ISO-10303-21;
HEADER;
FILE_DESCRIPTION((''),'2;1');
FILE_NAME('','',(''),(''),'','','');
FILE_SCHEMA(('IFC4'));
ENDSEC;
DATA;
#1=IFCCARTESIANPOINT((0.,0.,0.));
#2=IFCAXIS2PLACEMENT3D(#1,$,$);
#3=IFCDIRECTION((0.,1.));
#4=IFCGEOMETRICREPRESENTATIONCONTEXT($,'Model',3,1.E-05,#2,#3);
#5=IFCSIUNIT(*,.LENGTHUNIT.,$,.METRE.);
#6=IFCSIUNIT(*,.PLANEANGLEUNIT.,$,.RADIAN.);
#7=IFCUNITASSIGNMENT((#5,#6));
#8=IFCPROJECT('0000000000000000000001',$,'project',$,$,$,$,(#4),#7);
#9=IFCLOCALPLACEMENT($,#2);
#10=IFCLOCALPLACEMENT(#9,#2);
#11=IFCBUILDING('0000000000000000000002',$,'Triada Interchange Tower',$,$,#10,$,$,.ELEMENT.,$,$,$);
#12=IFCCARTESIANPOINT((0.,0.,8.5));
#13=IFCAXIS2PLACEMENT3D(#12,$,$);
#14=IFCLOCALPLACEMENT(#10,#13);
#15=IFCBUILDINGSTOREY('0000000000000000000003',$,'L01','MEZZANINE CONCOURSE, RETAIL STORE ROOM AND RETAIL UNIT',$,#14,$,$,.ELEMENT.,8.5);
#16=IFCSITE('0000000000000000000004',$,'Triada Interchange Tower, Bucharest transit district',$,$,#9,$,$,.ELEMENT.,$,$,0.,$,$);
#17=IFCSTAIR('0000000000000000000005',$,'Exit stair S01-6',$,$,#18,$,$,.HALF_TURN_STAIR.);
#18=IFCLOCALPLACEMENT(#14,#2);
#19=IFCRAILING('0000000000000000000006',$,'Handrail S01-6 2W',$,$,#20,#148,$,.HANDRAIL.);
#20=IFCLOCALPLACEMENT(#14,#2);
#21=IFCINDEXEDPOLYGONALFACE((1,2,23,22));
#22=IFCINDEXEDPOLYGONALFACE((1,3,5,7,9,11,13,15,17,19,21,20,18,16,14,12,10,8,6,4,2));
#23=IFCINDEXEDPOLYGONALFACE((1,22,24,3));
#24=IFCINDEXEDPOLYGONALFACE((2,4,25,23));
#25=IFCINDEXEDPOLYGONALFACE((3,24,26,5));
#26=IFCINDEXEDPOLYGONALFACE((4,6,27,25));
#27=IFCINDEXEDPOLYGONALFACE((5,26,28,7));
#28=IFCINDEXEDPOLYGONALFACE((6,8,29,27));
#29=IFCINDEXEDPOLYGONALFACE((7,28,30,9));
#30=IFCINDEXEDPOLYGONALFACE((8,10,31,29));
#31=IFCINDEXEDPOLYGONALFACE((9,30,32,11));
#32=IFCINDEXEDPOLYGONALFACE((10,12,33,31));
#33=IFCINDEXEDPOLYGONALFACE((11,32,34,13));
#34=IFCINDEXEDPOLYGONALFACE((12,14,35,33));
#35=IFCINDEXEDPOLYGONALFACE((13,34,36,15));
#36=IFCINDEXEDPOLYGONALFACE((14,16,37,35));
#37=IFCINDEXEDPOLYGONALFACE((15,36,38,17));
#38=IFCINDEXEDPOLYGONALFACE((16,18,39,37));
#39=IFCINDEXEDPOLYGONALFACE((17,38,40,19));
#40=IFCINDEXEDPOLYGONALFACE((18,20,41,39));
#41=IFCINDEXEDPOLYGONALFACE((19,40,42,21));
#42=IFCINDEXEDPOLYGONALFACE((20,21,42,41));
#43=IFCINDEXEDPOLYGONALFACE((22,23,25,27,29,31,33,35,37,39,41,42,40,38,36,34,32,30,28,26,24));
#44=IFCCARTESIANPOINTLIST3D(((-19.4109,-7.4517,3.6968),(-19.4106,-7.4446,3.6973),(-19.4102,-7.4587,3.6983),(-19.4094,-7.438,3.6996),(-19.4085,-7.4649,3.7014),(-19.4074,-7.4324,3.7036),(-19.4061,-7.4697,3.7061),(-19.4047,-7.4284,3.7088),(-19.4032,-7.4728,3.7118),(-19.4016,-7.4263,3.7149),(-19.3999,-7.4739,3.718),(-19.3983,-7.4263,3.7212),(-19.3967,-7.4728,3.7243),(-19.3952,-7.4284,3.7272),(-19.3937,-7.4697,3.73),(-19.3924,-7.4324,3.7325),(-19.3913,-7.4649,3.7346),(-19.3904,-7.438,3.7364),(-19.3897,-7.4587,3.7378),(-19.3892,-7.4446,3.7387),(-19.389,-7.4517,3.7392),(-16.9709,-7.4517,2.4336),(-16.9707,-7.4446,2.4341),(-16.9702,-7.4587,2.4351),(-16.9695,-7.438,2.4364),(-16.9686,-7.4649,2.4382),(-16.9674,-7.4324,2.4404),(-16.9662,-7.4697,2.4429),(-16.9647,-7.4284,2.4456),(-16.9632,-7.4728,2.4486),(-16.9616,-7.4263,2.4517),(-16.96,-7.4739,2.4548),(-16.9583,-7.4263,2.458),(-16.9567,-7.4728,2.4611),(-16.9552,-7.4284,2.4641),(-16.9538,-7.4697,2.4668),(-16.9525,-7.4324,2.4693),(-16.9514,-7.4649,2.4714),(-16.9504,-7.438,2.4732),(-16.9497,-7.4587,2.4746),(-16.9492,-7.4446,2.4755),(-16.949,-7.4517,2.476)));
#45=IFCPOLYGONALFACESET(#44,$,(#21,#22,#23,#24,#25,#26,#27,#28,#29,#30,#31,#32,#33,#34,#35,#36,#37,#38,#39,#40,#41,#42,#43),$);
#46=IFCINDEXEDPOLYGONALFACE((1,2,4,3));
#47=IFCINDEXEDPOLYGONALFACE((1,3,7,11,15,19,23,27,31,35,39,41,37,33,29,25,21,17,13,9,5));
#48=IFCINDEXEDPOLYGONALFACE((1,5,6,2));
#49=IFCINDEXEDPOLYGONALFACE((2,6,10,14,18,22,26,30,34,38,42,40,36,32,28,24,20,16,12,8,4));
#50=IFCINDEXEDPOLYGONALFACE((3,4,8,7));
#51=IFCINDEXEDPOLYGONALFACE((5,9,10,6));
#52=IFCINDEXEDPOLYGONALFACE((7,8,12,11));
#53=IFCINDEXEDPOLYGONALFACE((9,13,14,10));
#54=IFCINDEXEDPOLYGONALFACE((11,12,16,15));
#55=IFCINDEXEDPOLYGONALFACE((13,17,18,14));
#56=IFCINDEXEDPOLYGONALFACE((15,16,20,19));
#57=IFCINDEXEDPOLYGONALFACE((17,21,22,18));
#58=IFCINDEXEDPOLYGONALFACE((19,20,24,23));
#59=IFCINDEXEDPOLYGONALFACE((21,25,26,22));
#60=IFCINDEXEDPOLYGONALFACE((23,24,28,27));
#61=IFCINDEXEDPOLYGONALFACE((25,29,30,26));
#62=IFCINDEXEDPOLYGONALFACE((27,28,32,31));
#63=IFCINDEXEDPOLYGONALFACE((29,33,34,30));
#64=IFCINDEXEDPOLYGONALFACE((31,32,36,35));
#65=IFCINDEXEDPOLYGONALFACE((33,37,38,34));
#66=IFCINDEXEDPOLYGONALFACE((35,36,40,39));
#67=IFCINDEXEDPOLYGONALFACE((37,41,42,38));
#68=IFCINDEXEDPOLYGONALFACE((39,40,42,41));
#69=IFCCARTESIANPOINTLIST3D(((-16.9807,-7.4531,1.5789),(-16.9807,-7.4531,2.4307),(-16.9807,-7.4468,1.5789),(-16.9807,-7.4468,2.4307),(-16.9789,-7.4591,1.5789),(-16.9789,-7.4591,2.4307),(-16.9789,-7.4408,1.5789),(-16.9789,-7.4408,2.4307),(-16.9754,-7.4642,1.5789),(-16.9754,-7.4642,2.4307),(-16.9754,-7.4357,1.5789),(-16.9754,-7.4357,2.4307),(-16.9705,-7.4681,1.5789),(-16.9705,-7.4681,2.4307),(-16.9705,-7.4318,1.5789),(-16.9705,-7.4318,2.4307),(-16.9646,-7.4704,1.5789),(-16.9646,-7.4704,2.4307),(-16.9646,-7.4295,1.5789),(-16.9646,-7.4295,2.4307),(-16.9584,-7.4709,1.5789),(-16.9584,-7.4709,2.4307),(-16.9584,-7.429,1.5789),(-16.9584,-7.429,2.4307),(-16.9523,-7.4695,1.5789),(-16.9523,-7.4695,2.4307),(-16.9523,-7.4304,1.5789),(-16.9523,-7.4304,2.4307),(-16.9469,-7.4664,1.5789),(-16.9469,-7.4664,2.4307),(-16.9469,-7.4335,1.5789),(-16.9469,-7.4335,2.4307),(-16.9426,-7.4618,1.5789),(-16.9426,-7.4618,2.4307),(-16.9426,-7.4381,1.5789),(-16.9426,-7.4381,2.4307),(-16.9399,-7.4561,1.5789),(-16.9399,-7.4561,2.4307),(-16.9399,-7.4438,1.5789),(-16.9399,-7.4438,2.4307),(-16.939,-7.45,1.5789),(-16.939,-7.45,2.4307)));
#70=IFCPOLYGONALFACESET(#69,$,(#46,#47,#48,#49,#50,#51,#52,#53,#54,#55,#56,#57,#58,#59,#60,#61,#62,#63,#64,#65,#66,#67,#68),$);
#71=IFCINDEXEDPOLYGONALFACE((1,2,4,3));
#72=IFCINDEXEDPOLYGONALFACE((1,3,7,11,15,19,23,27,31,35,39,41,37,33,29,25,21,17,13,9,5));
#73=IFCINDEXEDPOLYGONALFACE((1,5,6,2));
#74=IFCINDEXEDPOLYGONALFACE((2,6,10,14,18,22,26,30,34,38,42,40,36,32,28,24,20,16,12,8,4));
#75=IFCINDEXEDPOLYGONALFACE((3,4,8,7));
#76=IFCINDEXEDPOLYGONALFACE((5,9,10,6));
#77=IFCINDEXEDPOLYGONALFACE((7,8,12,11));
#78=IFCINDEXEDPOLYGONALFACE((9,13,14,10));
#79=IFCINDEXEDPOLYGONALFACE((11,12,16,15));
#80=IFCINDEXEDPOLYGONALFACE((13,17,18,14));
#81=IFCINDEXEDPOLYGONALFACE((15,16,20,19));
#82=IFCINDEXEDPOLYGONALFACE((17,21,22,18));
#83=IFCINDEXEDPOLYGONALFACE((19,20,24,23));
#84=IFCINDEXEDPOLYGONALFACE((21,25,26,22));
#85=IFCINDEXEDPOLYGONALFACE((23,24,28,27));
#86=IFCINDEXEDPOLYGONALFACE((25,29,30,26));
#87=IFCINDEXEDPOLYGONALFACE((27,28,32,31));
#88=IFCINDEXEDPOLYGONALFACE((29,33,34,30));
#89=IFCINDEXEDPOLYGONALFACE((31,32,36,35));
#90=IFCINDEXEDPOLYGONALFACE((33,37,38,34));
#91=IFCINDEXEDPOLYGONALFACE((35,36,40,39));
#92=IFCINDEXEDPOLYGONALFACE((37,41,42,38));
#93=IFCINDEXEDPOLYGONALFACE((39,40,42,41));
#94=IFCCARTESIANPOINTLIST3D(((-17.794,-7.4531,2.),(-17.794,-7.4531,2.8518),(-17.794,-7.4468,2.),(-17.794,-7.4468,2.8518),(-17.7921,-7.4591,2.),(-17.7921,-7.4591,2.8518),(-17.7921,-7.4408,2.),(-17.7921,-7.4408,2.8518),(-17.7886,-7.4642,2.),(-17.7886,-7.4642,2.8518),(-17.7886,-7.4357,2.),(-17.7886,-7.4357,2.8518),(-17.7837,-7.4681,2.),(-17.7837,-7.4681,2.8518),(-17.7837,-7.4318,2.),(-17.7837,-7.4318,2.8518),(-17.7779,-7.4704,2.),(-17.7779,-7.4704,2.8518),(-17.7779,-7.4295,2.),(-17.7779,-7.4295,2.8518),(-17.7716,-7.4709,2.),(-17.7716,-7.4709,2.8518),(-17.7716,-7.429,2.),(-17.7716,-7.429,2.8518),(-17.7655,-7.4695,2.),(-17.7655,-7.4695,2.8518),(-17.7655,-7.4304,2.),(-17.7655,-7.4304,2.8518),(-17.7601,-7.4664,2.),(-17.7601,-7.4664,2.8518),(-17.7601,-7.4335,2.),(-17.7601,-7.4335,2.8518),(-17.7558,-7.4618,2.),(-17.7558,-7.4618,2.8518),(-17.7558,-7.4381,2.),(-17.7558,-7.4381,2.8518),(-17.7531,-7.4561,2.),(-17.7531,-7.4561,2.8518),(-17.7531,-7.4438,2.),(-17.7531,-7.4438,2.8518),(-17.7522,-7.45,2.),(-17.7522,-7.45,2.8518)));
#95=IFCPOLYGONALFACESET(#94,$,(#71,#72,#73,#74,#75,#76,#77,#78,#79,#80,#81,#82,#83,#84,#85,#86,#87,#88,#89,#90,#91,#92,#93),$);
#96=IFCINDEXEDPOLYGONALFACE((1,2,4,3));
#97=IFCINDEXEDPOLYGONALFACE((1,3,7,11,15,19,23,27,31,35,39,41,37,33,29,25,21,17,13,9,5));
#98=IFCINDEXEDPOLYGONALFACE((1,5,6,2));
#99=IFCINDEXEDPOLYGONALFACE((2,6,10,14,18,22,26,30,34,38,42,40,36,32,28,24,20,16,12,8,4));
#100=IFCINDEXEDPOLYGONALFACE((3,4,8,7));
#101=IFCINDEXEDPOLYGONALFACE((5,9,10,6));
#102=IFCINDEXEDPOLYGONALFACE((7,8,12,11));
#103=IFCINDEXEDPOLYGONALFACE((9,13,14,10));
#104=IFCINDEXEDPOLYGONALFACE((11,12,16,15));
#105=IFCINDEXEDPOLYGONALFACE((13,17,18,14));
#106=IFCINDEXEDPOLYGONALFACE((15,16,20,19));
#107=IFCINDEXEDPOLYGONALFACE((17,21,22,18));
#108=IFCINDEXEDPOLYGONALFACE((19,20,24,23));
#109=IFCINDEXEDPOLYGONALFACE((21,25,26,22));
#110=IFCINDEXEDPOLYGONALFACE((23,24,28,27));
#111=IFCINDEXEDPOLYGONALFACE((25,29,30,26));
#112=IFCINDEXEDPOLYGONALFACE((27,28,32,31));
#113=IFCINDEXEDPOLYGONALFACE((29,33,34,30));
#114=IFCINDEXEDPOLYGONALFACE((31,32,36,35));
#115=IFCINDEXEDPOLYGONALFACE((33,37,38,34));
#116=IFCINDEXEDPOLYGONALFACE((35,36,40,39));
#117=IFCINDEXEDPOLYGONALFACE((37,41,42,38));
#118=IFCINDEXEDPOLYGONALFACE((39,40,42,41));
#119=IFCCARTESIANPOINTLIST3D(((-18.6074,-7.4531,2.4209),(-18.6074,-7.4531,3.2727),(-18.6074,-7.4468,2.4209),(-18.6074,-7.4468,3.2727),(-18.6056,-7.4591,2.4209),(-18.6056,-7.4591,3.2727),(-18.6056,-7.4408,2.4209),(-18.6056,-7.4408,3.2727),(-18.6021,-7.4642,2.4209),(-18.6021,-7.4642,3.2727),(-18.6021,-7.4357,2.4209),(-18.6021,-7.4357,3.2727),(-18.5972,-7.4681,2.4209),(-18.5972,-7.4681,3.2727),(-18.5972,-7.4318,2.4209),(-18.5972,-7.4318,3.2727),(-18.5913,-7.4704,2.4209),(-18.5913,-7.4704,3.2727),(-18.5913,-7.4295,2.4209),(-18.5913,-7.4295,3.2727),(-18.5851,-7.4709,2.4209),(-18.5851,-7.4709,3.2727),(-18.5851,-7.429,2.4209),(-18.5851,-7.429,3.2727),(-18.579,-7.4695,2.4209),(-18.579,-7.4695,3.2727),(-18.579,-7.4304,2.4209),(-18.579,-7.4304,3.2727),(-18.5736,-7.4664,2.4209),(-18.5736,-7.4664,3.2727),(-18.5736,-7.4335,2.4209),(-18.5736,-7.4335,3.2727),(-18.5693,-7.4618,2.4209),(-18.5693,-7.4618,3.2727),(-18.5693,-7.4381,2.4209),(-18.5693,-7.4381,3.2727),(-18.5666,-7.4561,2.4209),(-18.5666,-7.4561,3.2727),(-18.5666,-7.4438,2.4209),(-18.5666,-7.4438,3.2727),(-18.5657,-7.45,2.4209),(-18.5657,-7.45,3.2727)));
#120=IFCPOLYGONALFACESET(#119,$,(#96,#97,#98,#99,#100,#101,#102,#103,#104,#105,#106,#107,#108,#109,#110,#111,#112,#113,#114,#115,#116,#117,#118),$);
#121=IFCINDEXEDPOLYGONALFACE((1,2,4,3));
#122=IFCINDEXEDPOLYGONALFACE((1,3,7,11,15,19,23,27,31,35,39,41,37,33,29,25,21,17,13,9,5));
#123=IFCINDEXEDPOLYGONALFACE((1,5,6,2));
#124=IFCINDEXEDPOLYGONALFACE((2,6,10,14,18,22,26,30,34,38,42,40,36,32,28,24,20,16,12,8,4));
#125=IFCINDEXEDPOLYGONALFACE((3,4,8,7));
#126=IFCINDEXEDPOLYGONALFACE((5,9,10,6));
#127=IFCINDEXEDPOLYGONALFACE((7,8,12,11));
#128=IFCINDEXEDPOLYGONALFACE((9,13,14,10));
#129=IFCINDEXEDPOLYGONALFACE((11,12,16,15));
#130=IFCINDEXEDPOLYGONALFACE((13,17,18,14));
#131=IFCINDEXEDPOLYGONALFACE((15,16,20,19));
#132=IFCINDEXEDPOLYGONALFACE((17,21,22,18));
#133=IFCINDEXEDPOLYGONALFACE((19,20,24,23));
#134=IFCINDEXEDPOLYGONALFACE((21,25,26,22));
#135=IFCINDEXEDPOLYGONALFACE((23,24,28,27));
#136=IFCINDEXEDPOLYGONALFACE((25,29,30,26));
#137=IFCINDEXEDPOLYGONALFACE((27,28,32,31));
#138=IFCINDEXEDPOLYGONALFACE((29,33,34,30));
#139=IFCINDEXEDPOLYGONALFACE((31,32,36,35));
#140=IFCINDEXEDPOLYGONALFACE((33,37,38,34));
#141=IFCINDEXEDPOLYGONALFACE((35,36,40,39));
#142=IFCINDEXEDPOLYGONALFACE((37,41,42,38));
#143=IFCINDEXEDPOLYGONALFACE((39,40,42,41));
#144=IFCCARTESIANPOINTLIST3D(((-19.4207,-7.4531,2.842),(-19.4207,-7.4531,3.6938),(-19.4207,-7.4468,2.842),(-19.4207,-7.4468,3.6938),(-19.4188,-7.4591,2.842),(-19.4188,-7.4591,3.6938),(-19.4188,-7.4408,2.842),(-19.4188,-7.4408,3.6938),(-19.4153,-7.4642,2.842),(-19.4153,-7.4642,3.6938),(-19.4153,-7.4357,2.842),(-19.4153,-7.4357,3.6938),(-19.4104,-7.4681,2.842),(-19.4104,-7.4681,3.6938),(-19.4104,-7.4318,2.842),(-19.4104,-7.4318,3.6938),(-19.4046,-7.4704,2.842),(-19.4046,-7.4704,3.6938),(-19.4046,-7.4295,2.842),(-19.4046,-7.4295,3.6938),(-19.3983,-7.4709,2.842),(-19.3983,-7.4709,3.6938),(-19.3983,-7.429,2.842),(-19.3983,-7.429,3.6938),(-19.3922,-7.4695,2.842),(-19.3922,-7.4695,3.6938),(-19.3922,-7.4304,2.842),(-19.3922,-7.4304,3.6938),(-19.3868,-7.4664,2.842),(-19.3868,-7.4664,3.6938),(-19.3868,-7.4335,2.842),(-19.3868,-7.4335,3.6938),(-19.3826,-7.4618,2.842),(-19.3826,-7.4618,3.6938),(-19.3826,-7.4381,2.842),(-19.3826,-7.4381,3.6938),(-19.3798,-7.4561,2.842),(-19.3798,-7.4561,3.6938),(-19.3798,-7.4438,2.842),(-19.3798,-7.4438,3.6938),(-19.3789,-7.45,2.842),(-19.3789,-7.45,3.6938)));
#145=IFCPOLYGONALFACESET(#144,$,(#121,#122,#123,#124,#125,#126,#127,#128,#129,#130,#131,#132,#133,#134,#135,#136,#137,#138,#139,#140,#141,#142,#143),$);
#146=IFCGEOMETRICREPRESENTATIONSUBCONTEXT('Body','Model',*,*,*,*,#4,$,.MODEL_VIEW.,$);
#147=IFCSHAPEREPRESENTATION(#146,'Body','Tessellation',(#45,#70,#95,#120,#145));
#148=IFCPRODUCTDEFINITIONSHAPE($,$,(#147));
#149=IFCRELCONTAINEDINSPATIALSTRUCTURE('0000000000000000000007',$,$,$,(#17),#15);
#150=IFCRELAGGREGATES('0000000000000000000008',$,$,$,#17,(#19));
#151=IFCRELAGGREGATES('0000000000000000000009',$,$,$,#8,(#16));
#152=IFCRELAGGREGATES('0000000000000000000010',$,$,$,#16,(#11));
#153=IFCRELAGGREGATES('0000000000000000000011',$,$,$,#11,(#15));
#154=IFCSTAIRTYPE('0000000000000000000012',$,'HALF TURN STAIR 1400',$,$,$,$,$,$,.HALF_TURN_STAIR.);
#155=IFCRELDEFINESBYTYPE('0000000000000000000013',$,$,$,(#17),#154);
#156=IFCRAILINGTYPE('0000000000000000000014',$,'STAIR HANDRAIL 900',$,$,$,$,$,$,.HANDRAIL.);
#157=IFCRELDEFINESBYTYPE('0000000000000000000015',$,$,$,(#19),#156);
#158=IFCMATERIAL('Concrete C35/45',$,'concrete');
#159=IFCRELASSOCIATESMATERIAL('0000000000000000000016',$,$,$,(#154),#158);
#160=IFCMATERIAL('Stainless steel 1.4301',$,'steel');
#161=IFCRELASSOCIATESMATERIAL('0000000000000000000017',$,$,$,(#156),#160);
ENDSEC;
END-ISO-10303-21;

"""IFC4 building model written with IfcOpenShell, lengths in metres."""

from ifc_helpers import new_model, si_unit, direction, frame, origin, origin_2d, place, context, subcontext, project, spatial, circle, extrude, material, type_object, element, aggregate, save


model = new_model("IFC4")

# Units and contexts
model_context = context("Model", 3, precision=1e-05, world=origin(), true_north=direction((0.0, 1.0)))
body_context = subcontext(model_context, "Body", "Model", "MODEL_VIEW")
ifc_project = project(units=[si_unit("LENGTHUNIT", "METRE"), si_unit("PLANEANGLEUNIT", "RADIAN")], contexts=[model_context])

# Site, building, storey
site_placement = place(None, origin())
site = spatial("IfcSite", under=ifc_project, at=site_placement, Name="Triada Interchange Tower, Bucharest transit district", CompositionType="ELEMENT", RefElevation=0.0)
building_placement = place(site_placement, origin())
building = spatial("IfcBuilding", under=site, at=building_placement, Name="Triada Interchange Tower", CompositionType="ELEMENT")
storey_placement = place(building_placement, frame((0.0, 0.0, 8.5)))
storey = spatial("IfcBuildingStorey", under=building, at=storey_placement, Name="L01", Description="MEZZANINE CONCOURSE, RETAIL STORE ROOM AND RETAIL UNIT", CompositionType="ELEMENT", Elevation=8.5)

# Shared definitions
ifc_material_1 = material(Name="Concrete C35/45", Category="concrete")

# Stair
stair_type = type_object("IfcStairType", Name="HALF TURN STAIR 1400", PredefinedType="HALF_TURN_STAIR", material=ifc_material_1)
stair_1_placement = place(storey_placement, origin())
stair_1 = element("IfcStair", 1, at=stair_1_placement, inside=storey, type_object=stair_type, Name="Exit stair S01-6", PredefinedType="HALF_TURN_STAIR")

# Railing
ifc_material_2 = material(Name="Stainless steel 1.4301", Category="steel")
railing_type_1 = type_object("IfcRailingType", Name="STAIR HANDRAIL 900", PredefinedType="HANDRAIL", material=ifc_material_2)
railing_1_placement = place(storey_placement, frame((-16.96, -7.45, 1.5789)))
railing_1 = element("IfcRailing", 2, at=railing_1_placement, type_object=railing_type_1, Name="Handrail S01-6 2W", PredefinedType="HANDRAIL", context=body_context, shape_type="SweptSolid", body=[
    extrude(circle(Radius=0.0239, at=origin_2d()), frame((0.0, 0.0, 0.876), z_axis=(-0.888048, 0.0, 0.459752), x_axis=(0.0, -1.0, 0.0)), (0.0, 0.0, 1.0), 2.7476),
    extrude(circle(Radius=0.021, at=origin_2d()), origin(), (0.0, 0.0, 1.0), 0.8518),
    extrude(circle(Radius=0.021, at=origin_2d()), frame((-0.8132, 0.0, 0.4211)), (0.0, 0.0, 1.0), 0.8518),
    extrude(circle(Radius=0.021, at=origin_2d()), frame((-1.6267, 0.0, 0.842)), (0.0, 0.0, 1.0), 0.8518),
    extrude(circle(Radius=0.021, at=origin_2d()), frame((-2.4399, 0.0, 1.2632)), (0.0, 0.0, 1.0), 0.8518),
])
aggregate(stair_1, [railing_1])

save(model, "model.ifc")
